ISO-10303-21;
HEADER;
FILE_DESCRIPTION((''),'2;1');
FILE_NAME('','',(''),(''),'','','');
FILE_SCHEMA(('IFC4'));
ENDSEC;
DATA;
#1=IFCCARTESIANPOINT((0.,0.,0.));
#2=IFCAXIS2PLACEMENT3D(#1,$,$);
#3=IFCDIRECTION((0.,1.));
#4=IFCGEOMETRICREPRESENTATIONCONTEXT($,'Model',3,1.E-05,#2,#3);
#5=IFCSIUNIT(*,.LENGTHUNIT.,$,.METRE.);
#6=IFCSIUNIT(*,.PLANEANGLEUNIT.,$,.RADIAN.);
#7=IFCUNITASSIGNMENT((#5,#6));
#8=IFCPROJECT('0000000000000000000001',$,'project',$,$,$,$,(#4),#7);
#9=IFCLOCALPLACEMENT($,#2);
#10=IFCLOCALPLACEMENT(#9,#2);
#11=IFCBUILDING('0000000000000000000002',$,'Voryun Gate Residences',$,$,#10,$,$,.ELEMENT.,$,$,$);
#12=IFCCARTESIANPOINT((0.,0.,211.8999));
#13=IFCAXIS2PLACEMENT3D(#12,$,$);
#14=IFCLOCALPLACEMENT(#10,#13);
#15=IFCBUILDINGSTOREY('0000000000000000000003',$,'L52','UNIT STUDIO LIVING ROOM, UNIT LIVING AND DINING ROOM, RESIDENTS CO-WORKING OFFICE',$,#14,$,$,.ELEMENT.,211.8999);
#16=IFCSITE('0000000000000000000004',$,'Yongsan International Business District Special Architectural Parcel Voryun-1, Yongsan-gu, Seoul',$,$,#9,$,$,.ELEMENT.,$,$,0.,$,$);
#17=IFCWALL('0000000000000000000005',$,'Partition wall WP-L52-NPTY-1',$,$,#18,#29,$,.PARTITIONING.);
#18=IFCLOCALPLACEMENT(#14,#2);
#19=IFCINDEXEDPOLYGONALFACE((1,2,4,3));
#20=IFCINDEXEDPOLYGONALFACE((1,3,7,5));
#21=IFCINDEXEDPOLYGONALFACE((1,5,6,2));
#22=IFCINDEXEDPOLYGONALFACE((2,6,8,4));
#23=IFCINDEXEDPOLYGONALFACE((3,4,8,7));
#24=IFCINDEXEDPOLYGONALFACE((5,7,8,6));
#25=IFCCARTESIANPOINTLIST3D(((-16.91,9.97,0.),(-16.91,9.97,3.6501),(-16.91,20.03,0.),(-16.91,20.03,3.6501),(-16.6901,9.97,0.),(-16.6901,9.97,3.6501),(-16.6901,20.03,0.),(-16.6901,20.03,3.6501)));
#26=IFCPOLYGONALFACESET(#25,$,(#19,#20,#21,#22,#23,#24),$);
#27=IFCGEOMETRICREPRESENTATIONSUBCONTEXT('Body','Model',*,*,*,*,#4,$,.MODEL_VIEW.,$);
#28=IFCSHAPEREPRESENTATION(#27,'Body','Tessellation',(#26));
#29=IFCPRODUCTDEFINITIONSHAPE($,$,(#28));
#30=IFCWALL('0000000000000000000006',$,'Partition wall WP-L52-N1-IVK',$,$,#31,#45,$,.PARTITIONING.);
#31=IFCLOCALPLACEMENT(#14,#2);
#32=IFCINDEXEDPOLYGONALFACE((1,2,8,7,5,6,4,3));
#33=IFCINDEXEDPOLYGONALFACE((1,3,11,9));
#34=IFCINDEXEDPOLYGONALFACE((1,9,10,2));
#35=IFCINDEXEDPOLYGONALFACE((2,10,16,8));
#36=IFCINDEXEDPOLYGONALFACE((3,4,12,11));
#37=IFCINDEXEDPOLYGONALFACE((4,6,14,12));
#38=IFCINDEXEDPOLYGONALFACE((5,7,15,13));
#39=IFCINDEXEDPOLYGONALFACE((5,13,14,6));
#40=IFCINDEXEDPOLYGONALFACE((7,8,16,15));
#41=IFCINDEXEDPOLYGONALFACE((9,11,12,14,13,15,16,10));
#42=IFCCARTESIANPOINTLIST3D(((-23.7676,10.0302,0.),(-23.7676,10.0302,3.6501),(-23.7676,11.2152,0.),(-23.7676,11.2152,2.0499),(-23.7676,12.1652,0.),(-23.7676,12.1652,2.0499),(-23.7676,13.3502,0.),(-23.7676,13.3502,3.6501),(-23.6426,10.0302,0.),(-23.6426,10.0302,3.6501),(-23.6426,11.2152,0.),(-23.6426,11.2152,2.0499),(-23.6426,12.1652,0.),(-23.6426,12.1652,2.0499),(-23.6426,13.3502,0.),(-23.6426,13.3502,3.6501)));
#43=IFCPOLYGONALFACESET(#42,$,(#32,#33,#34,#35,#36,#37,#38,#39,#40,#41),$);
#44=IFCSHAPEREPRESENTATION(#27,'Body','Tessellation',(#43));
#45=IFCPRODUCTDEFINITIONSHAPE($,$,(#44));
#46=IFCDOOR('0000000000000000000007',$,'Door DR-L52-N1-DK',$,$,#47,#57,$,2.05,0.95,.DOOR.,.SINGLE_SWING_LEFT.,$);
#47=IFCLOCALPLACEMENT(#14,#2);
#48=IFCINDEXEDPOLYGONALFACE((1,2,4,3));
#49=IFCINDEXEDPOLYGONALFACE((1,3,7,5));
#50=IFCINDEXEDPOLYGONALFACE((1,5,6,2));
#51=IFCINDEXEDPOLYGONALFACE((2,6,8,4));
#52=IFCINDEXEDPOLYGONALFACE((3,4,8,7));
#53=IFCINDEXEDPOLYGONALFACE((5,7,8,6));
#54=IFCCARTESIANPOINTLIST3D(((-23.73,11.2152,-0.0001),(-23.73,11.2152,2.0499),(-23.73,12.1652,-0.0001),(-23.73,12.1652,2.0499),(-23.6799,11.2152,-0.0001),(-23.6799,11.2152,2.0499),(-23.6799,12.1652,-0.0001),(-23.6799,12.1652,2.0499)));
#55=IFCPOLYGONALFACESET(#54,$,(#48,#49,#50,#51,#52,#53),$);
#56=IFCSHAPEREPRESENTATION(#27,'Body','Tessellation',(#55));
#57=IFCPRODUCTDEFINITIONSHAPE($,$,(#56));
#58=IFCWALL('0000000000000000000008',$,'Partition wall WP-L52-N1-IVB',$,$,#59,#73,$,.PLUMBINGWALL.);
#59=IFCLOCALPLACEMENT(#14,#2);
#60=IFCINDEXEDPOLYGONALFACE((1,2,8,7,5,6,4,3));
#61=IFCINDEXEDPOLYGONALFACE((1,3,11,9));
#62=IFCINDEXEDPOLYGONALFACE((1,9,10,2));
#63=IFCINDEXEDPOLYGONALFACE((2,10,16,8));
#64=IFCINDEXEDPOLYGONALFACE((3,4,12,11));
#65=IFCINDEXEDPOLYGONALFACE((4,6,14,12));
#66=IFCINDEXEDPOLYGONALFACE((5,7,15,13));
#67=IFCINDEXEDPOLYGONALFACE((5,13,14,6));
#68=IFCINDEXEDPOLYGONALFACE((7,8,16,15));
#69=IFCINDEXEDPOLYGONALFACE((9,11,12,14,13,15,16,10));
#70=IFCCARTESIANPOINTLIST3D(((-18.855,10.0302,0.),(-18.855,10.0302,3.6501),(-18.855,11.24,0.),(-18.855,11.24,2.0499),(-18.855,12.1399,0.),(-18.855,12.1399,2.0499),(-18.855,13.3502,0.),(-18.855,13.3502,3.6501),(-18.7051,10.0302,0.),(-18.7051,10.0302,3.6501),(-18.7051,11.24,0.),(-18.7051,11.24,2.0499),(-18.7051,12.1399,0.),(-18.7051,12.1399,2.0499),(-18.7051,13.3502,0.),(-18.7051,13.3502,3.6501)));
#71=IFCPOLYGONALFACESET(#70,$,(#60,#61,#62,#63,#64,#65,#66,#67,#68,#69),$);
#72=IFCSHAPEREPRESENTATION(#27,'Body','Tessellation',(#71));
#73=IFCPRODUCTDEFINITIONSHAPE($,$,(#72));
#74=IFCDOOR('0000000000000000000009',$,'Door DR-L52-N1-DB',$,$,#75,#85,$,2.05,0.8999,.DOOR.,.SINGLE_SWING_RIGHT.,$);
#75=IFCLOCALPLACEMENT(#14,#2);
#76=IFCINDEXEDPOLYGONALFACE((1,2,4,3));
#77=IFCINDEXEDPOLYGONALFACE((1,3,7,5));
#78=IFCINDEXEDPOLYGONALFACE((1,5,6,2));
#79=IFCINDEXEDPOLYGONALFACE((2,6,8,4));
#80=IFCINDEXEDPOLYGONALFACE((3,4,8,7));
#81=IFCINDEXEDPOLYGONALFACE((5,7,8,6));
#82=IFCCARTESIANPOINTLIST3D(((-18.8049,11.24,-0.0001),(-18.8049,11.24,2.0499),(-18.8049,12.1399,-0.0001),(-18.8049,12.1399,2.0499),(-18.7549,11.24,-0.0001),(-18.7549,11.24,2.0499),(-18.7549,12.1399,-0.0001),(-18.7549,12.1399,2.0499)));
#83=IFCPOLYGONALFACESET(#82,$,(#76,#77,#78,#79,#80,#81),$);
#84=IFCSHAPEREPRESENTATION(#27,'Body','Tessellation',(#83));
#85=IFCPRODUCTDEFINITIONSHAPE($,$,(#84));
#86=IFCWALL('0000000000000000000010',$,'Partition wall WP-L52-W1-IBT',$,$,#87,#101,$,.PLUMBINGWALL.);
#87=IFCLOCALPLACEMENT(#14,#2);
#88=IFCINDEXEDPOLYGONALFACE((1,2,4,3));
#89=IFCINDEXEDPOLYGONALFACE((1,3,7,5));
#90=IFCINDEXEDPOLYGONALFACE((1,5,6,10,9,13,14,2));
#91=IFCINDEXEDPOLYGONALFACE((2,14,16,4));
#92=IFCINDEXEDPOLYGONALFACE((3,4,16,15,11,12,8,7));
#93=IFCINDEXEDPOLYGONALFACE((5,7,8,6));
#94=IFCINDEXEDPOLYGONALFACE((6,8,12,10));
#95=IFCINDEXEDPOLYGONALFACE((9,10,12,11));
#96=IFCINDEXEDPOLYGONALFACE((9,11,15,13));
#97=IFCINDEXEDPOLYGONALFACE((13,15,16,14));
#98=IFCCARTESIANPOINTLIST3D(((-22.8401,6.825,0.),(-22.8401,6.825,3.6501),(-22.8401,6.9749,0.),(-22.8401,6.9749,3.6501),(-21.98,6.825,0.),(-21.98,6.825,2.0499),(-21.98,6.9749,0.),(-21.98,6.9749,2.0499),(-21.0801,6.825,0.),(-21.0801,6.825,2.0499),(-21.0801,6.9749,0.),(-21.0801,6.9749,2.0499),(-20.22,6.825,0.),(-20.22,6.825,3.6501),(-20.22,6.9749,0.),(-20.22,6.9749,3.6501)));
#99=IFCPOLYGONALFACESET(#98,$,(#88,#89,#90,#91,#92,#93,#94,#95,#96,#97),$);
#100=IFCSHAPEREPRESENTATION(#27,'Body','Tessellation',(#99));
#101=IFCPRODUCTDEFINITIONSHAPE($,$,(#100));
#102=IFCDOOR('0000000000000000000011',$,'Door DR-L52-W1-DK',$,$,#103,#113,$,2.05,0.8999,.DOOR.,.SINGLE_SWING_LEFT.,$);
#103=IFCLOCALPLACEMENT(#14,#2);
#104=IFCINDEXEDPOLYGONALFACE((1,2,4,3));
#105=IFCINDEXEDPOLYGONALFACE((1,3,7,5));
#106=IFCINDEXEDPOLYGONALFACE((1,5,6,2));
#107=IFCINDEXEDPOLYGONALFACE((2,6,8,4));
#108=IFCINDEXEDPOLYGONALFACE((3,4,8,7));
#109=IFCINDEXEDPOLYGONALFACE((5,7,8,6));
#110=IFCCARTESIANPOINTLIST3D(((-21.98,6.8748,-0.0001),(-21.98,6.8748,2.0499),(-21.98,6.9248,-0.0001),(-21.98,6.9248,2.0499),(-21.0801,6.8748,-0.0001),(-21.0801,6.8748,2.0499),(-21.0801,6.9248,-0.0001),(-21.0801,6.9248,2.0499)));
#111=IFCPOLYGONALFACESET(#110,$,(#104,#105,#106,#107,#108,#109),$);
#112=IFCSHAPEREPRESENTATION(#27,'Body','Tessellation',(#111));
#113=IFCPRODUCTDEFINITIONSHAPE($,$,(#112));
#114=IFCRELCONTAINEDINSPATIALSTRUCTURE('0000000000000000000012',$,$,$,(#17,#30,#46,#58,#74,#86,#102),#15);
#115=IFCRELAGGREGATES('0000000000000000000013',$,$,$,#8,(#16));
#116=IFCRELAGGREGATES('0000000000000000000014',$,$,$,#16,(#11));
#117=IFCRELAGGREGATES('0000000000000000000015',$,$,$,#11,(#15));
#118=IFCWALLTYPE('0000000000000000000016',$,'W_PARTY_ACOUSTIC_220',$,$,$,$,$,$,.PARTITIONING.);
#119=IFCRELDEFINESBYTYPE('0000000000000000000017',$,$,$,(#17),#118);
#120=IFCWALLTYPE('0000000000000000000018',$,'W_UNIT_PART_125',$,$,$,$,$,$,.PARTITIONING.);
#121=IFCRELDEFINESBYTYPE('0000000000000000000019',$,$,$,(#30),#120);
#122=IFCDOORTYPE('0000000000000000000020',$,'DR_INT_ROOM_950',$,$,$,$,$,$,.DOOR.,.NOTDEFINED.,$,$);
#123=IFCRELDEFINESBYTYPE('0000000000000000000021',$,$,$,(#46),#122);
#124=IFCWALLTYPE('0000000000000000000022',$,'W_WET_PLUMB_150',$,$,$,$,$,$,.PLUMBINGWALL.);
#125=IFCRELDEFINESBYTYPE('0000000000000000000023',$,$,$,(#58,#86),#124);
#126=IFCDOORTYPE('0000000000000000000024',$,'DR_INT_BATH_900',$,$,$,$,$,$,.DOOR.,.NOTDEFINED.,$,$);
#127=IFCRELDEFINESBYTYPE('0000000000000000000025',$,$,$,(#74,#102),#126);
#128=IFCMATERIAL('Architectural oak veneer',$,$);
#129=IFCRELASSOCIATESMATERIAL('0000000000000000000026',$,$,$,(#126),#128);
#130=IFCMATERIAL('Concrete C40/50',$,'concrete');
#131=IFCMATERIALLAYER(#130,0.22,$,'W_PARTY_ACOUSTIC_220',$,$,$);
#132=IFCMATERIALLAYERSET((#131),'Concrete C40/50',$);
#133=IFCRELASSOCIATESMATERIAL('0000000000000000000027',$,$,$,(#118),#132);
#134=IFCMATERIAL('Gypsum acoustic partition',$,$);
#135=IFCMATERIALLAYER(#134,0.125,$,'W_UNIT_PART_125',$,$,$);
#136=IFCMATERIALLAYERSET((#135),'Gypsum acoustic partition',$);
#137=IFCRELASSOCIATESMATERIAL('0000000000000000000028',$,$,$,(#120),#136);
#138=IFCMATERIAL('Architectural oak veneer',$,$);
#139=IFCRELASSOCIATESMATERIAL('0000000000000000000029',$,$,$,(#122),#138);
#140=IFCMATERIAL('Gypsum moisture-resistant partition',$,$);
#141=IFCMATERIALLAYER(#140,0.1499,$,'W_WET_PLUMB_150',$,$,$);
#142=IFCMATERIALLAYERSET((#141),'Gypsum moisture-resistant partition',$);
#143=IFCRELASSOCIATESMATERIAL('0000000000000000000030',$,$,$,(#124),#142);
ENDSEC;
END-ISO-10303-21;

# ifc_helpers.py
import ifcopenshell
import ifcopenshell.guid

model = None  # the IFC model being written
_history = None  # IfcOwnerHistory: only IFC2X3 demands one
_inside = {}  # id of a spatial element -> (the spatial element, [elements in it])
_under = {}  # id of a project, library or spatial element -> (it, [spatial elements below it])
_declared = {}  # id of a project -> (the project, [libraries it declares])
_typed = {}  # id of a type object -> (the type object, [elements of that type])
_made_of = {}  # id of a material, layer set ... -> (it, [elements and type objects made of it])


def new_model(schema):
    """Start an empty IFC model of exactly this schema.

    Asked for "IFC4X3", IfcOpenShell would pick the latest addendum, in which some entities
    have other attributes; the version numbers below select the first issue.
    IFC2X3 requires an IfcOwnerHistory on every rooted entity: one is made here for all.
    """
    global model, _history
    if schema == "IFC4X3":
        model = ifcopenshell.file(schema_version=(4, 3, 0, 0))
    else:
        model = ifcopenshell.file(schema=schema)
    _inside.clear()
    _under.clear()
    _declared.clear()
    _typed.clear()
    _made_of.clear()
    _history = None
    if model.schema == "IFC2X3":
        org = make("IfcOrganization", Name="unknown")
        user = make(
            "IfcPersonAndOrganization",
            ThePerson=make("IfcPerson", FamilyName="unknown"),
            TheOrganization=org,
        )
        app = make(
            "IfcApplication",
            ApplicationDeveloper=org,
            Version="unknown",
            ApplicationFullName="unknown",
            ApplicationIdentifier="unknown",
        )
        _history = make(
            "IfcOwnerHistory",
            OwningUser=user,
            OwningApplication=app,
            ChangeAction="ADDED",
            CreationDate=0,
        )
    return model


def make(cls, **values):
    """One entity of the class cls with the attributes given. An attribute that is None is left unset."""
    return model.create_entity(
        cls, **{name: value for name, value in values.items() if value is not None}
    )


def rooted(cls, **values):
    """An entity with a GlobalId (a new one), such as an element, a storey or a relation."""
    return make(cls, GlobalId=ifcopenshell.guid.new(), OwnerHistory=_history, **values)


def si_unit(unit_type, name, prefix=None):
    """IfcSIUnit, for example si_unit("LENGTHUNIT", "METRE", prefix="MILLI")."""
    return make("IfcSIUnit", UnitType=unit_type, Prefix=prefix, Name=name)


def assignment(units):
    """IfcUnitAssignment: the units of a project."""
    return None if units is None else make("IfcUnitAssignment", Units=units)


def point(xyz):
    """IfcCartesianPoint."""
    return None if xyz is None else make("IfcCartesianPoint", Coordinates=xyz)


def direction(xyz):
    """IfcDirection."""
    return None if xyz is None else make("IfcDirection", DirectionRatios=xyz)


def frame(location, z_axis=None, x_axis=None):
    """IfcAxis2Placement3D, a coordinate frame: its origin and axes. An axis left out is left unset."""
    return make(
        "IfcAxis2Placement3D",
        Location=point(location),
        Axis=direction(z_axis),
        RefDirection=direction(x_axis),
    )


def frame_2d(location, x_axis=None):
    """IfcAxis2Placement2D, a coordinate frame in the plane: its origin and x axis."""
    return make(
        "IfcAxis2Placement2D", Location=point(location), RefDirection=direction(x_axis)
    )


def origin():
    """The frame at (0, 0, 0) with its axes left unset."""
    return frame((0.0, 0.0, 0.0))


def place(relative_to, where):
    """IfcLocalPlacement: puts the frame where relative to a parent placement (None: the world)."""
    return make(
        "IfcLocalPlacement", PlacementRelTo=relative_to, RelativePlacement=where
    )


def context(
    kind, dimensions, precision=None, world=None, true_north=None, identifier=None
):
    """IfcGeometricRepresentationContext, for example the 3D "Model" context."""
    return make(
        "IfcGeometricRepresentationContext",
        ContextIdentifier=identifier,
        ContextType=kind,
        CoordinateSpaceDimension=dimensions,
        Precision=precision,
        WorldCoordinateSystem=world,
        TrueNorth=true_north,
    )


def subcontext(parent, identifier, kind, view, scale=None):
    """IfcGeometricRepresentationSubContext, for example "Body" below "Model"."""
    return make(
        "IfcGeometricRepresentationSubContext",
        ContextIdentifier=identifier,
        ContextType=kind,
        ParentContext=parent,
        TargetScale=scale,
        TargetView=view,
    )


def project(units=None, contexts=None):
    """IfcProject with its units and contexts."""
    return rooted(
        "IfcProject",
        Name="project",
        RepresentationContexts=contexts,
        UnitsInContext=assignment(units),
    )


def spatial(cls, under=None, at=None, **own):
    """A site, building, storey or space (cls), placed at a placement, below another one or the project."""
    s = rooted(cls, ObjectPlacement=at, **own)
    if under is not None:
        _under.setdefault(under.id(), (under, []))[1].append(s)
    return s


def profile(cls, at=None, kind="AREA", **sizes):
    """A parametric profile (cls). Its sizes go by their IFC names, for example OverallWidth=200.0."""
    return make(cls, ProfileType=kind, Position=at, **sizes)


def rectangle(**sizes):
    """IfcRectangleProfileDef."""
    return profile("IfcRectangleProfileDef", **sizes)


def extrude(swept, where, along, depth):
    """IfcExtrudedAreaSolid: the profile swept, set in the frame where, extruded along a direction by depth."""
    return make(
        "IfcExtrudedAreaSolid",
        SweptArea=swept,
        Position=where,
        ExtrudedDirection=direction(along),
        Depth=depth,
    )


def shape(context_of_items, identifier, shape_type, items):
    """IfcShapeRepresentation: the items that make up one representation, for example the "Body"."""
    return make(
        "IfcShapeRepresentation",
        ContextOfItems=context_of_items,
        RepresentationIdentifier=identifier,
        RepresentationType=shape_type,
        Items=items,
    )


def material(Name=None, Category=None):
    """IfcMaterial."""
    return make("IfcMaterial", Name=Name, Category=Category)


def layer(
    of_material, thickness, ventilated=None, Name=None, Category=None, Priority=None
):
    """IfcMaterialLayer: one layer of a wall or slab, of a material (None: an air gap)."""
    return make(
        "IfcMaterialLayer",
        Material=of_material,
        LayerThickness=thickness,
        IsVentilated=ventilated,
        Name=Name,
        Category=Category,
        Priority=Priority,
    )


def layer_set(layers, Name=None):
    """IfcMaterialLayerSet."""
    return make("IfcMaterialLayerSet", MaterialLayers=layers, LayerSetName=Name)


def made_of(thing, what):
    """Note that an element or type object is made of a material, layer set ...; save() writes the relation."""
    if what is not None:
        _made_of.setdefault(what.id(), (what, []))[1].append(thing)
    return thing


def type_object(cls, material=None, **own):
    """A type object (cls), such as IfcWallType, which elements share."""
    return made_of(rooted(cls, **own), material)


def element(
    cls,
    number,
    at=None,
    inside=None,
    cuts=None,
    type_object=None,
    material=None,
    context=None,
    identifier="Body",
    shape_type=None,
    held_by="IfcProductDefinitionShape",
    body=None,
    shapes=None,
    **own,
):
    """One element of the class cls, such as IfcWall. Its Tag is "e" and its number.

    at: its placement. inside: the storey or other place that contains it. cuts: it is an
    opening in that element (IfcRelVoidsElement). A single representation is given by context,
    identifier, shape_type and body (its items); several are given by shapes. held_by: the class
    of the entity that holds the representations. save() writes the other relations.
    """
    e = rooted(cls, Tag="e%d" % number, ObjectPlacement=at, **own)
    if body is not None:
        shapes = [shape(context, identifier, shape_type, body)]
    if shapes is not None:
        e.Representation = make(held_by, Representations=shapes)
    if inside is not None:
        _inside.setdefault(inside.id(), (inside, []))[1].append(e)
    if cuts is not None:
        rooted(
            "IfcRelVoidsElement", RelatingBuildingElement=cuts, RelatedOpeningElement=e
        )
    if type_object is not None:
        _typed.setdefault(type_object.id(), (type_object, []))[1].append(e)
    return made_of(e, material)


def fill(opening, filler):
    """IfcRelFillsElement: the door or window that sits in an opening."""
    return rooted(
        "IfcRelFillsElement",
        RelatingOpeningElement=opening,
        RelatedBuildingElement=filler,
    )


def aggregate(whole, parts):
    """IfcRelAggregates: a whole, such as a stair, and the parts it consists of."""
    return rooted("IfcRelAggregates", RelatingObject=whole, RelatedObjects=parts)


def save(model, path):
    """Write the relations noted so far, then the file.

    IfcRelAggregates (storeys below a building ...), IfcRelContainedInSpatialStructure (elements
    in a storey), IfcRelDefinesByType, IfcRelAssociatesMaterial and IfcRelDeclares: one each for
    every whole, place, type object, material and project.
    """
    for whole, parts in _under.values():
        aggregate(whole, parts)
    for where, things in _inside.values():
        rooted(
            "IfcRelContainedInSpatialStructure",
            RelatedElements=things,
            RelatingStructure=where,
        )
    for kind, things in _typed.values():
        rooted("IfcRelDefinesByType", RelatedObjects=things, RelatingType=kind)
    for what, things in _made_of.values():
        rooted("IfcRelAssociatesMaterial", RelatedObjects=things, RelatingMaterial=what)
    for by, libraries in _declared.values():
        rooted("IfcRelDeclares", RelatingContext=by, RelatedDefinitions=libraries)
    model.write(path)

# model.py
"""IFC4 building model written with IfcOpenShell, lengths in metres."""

from ifc_helpers import new_model, si_unit, direction, frame, frame_2d, origin, place, context, subcontext, project, spatial, rectangle, extrude, material, layer, layer_set, type_object, element, fill, save


model = new_model("IFC4")

# Units and contexts
model_context = context("Model", 3, precision=1e-05, world=origin(), true_north=direction((0.0, 1.0)))
body_context = subcontext(model_context, "Body", "Model", "MODEL_VIEW")
ifc_project = project(units=[si_unit("LENGTHUNIT", "METRE"), si_unit("PLANEANGLEUNIT", "RADIAN")], contexts=[model_context])

# Site, building, storey
site_placement = place(None, origin())
site = spatial("IfcSite", under=ifc_project, at=site_placement, Name="Yongsan International Business District Special Architectural Parcel Voryun-1, Yongsan-gu, Seoul", CompositionType="ELEMENT", RefElevation=0.0)
building_placement = place(site_placement, origin())
building = spatial("IfcBuilding", under=site, at=building_placement, Name="Voryun Gate Residences", CompositionType="ELEMENT")
storey_placement = place(building_placement, frame((0.0, 0.0, 211.8999)))
storey = spatial("IfcBuildingStorey", under=building, at=storey_placement, Name="L52", Description="UNIT STUDIO LIVING ROOM, UNIT LIVING AND DINING ROOM, RESIDENTS CO-WORKING OFFICE", CompositionType="ELEMENT", Elevation=211.8999)

# Shared definitions
ifc_material_1 = material(Name="Architectural oak veneer")
door_type_1 = type_object("IfcDoorType", Name="DR_INT_BATH_900", OperationType="NOTDEFINED", PredefinedType="DOOR", material=ifc_material_1)

# Wall
ifc_material_2 = material(Name="Concrete C40/50", Category="concrete")
ifc_layer_1 = layer(ifc_material_2, 0.22, Name="W_PARTY_ACOUSTIC_220")
ifc_layer_set_1 = layer_set([ifc_layer_1], Name="Concrete C40/50")
wall_type_1 = type_object("IfcWallType", Name="W_PARTY_ACOUSTIC_220", PredefinedType="PARTITIONING", material=ifc_layer_set_1)
wall_1_placement = place(storey_placement, frame((-16.8, 9.97, 0.0), z_axis=(0.0, 0.0, 1.0), x_axis=(0.0, 1.0, 0.0)))
element("IfcWall", 1, at=wall_1_placement, inside=storey, type_object=wall_type_1, Name="Partition wall WP-L52-NPTY-1", PredefinedType="PARTITIONING", context=body_context, shape_type="SweptSolid", body=[
    extrude(rectangle(XDim=10.0601, YDim=0.22, at=frame_2d((5.03, 0.0))), origin(), (0.0, 0.0, 1.0), 3.6501),
])

# Walls, openings, doors
ifc_material_3 = material(Name="Gypsum acoustic partition")
ifc_layer_2 = layer(ifc_material_3, 0.125, Name="W_UNIT_PART_125")
ifc_layer_set_2 = layer_set([ifc_layer_2], Name="Gypsum acoustic partition")
wall_type_2 = type_object("IfcWallType", Name="W_UNIT_PART_125", PredefinedType="PARTITIONING", material=ifc_layer_set_2)
wall_2_placement = place(storey_placement, frame((-23.7051, 10.03, 0.0), z_axis=(0.0, 0.0, 1.0), x_axis=(0.0, 1.0, 0.0)))
wall_2 = element("IfcWall", 2, at=wall_2_placement, inside=storey, type_object=wall_type_2, Name="Partition wall WP-L52-N1-IVK", PredefinedType="PARTITIONING", context=body_context, shape_type="SweptSolid", body=[
    extrude(rectangle(XDim=3.3201, YDim=0.125, at=frame_2d((1.6602, 0.0))), origin(), (0.0, 0.0, 1.0), 3.6501),
])
opening_1_placement = place(wall_2_placement, frame((1.1851, 0.0, 0.0)))
opening_1 = element("IfcOpeningElement", 3, at=opening_1_placement, cuts=wall_2, PredefinedType="OPENING", context=body_context, shape_type="SweptSolid", body=[
    extrude(rectangle(XDim=0.95, YDim=2.05, at=frame_2d((0.4751, 1.0249))), frame((0.0, 0.0725, 0.0), z_axis=(0.0, -1.0, 0.0), x_axis=(1.0, 0.0, 0.0)), (0.0, 0.0, 1.0), 0.145),
])
ifc_material_4 = material(Name="Architectural oak veneer")
door_type_2 = type_object("IfcDoorType", Name="DR_INT_ROOM_950", OperationType="NOTDEFINED", PredefinedType="DOOR", material=ifc_material_4)
door_1_placement = place(opening_1_placement, origin())
door_1 = element("IfcDoor", 4, at=door_1_placement, inside=storey, type_object=door_type_2, Name="Door DR-L52-N1-DK", OperationType="SINGLE_SWING_LEFT", OverallHeight=2.05, OverallWidth=0.95, PredefinedType="DOOR", context=body_context, shape_type="SweptSolid", body=[
    extrude(rectangle(XDim=0.95, YDim=2.05, at=frame_2d((0.4751, 1.0249))), frame((0.0, 0.0249, 0.0), z_axis=(0.0, -1.0, 0.0), x_axis=(1.0, 0.0, 0.0)), (0.0, 0.0, 1.0), 0.05),
])
fill(opening_1, door_1)
ifc_material_5 = material(Name="Gypsum moisture-resistant partition")
ifc_layer_3 = layer(ifc_material_5, 0.1499, Name="W_WET_PLUMB_150")
ifc_layer_set_3 = layer_set([ifc_layer_3], Name="Gypsum moisture-resistant partition")
wall_type_3 = type_object("IfcWallType", Name="W_WET_PLUMB_150", PredefinedType="PLUMBINGWALL", material=ifc_layer_set_3)
wall_3_placement = place(storey_placement, frame((-18.78, 10.03, 0.0), z_axis=(0.0, 0.0, 1.0), x_axis=(0.0, 1.0, 0.0)))
wall_3 = element("IfcWall", 5, at=wall_3_placement, inside=storey, type_object=wall_type_3, Name="Partition wall WP-L52-N1-IVB", PredefinedType="PLUMBINGWALL", context=body_context, shape_type="SweptSolid", body=[
    extrude(rectangle(XDim=3.3201, YDim=0.1499, at=frame_2d((1.6602, 0.0))), origin(), (0.0, 0.0, 1.0), 3.6501),
])
opening_2_placement = place(wall_3_placement, frame((1.21, 0.0, 0.0)))
opening_2 = element("IfcOpeningElement", 6, at=opening_2_placement, cuts=wall_3, PredefinedType="OPENING", context=body_context, shape_type="SweptSolid", body=[
    extrude(rectangle(XDim=0.8999, YDim=2.05, at=frame_2d((0.45, 1.0249))), frame((0.0, 0.085, 0.0), z_axis=(0.0, -1.0, 0.0), x_axis=(1.0, 0.0, 0.0)), (0.0, 0.0, 1.0), 0.1699),
])
door_2_placement = place(opening_2_placement, origin())
door_2 = element("IfcDoor", 7, at=door_2_placement, inside=storey, type_object=door_type_1, Name="Door DR-L52-N1-DB", OperationType="SINGLE_SWING_RIGHT", OverallHeight=2.05, OverallWidth=0.8999, PredefinedType="DOOR", context=body_context, shape_type="SweptSolid", body=[
    extrude(rectangle(XDim=0.8999, YDim=2.05, at=frame_2d((0.45, 1.0249))), frame((0.0, 0.0249, 0.0), z_axis=(0.0, -1.0, 0.0), x_axis=(1.0, 0.0, 0.0)), (0.0, 0.0, 1.0), 0.05),
])
fill(opening_2, door_2)
wall_4_placement = place(storey_placement, frame((-22.8401, 6.8999, 0.0), z_axis=(0.0, 0.0, 1.0), x_axis=(1.0, 0.0, 0.0)))
wall_4 = element("IfcWall", 8, at=wall_4_placement, inside=storey, type_object=wall_type_3, Name="Partition wall WP-L52-W1-IBT", PredefinedType="PLUMBINGWALL", context=body_context, shape_type="SweptSolid", body=[
    extrude(rectangle(XDim=2.6201, YDim=0.1499, at=frame_2d((1.3101, 0.0))), origin(), (0.0, 0.0, 1.0), 3.6501),
])
opening_3_placement = place(wall_4_placement, frame((0.8601, 0.0, 0.0)))
opening_3 = element("IfcOpeningElement", 9, at=opening_3_placement, cuts=wall_4, PredefinedType="OPENING", context=body_context, shape_type="SweptSolid", body=[
    extrude(rectangle(XDim=0.8999, YDim=2.05, at=frame_2d((0.45, 1.0249))), frame((0.0, 0.085, 0.0), z_axis=(0.0, -1.0, 0.0), x_axis=(1.0, 0.0, 0.0)), (0.0, 0.0, 1.0), 0.1699),
])
door_3_placement = place(opening_3_placement, origin())
door_3 = element("IfcDoor", 10, at=door_3_placement, inside=storey, type_object=door_type_1, Name="Door DR-L52-W1-DK", OperationType="SINGLE_SWING_LEFT", OverallHeight=2.05, OverallWidth=0.8999, PredefinedType="DOOR", context=body_context, shape_type="SweptSolid", body=[
    extrude(rectangle(XDim=0.8999, YDim=2.05, at=frame_2d((0.45, 1.0249))), frame((0.0, 0.0249, 0.0), z_axis=(0.0, -1.0, 0.0), x_axis=(1.0, 0.0, 0.0)), (0.0, 0.0, 1.0), 0.05),
])
fill(opening_3, door_3)

save(model, "model.ifc")
